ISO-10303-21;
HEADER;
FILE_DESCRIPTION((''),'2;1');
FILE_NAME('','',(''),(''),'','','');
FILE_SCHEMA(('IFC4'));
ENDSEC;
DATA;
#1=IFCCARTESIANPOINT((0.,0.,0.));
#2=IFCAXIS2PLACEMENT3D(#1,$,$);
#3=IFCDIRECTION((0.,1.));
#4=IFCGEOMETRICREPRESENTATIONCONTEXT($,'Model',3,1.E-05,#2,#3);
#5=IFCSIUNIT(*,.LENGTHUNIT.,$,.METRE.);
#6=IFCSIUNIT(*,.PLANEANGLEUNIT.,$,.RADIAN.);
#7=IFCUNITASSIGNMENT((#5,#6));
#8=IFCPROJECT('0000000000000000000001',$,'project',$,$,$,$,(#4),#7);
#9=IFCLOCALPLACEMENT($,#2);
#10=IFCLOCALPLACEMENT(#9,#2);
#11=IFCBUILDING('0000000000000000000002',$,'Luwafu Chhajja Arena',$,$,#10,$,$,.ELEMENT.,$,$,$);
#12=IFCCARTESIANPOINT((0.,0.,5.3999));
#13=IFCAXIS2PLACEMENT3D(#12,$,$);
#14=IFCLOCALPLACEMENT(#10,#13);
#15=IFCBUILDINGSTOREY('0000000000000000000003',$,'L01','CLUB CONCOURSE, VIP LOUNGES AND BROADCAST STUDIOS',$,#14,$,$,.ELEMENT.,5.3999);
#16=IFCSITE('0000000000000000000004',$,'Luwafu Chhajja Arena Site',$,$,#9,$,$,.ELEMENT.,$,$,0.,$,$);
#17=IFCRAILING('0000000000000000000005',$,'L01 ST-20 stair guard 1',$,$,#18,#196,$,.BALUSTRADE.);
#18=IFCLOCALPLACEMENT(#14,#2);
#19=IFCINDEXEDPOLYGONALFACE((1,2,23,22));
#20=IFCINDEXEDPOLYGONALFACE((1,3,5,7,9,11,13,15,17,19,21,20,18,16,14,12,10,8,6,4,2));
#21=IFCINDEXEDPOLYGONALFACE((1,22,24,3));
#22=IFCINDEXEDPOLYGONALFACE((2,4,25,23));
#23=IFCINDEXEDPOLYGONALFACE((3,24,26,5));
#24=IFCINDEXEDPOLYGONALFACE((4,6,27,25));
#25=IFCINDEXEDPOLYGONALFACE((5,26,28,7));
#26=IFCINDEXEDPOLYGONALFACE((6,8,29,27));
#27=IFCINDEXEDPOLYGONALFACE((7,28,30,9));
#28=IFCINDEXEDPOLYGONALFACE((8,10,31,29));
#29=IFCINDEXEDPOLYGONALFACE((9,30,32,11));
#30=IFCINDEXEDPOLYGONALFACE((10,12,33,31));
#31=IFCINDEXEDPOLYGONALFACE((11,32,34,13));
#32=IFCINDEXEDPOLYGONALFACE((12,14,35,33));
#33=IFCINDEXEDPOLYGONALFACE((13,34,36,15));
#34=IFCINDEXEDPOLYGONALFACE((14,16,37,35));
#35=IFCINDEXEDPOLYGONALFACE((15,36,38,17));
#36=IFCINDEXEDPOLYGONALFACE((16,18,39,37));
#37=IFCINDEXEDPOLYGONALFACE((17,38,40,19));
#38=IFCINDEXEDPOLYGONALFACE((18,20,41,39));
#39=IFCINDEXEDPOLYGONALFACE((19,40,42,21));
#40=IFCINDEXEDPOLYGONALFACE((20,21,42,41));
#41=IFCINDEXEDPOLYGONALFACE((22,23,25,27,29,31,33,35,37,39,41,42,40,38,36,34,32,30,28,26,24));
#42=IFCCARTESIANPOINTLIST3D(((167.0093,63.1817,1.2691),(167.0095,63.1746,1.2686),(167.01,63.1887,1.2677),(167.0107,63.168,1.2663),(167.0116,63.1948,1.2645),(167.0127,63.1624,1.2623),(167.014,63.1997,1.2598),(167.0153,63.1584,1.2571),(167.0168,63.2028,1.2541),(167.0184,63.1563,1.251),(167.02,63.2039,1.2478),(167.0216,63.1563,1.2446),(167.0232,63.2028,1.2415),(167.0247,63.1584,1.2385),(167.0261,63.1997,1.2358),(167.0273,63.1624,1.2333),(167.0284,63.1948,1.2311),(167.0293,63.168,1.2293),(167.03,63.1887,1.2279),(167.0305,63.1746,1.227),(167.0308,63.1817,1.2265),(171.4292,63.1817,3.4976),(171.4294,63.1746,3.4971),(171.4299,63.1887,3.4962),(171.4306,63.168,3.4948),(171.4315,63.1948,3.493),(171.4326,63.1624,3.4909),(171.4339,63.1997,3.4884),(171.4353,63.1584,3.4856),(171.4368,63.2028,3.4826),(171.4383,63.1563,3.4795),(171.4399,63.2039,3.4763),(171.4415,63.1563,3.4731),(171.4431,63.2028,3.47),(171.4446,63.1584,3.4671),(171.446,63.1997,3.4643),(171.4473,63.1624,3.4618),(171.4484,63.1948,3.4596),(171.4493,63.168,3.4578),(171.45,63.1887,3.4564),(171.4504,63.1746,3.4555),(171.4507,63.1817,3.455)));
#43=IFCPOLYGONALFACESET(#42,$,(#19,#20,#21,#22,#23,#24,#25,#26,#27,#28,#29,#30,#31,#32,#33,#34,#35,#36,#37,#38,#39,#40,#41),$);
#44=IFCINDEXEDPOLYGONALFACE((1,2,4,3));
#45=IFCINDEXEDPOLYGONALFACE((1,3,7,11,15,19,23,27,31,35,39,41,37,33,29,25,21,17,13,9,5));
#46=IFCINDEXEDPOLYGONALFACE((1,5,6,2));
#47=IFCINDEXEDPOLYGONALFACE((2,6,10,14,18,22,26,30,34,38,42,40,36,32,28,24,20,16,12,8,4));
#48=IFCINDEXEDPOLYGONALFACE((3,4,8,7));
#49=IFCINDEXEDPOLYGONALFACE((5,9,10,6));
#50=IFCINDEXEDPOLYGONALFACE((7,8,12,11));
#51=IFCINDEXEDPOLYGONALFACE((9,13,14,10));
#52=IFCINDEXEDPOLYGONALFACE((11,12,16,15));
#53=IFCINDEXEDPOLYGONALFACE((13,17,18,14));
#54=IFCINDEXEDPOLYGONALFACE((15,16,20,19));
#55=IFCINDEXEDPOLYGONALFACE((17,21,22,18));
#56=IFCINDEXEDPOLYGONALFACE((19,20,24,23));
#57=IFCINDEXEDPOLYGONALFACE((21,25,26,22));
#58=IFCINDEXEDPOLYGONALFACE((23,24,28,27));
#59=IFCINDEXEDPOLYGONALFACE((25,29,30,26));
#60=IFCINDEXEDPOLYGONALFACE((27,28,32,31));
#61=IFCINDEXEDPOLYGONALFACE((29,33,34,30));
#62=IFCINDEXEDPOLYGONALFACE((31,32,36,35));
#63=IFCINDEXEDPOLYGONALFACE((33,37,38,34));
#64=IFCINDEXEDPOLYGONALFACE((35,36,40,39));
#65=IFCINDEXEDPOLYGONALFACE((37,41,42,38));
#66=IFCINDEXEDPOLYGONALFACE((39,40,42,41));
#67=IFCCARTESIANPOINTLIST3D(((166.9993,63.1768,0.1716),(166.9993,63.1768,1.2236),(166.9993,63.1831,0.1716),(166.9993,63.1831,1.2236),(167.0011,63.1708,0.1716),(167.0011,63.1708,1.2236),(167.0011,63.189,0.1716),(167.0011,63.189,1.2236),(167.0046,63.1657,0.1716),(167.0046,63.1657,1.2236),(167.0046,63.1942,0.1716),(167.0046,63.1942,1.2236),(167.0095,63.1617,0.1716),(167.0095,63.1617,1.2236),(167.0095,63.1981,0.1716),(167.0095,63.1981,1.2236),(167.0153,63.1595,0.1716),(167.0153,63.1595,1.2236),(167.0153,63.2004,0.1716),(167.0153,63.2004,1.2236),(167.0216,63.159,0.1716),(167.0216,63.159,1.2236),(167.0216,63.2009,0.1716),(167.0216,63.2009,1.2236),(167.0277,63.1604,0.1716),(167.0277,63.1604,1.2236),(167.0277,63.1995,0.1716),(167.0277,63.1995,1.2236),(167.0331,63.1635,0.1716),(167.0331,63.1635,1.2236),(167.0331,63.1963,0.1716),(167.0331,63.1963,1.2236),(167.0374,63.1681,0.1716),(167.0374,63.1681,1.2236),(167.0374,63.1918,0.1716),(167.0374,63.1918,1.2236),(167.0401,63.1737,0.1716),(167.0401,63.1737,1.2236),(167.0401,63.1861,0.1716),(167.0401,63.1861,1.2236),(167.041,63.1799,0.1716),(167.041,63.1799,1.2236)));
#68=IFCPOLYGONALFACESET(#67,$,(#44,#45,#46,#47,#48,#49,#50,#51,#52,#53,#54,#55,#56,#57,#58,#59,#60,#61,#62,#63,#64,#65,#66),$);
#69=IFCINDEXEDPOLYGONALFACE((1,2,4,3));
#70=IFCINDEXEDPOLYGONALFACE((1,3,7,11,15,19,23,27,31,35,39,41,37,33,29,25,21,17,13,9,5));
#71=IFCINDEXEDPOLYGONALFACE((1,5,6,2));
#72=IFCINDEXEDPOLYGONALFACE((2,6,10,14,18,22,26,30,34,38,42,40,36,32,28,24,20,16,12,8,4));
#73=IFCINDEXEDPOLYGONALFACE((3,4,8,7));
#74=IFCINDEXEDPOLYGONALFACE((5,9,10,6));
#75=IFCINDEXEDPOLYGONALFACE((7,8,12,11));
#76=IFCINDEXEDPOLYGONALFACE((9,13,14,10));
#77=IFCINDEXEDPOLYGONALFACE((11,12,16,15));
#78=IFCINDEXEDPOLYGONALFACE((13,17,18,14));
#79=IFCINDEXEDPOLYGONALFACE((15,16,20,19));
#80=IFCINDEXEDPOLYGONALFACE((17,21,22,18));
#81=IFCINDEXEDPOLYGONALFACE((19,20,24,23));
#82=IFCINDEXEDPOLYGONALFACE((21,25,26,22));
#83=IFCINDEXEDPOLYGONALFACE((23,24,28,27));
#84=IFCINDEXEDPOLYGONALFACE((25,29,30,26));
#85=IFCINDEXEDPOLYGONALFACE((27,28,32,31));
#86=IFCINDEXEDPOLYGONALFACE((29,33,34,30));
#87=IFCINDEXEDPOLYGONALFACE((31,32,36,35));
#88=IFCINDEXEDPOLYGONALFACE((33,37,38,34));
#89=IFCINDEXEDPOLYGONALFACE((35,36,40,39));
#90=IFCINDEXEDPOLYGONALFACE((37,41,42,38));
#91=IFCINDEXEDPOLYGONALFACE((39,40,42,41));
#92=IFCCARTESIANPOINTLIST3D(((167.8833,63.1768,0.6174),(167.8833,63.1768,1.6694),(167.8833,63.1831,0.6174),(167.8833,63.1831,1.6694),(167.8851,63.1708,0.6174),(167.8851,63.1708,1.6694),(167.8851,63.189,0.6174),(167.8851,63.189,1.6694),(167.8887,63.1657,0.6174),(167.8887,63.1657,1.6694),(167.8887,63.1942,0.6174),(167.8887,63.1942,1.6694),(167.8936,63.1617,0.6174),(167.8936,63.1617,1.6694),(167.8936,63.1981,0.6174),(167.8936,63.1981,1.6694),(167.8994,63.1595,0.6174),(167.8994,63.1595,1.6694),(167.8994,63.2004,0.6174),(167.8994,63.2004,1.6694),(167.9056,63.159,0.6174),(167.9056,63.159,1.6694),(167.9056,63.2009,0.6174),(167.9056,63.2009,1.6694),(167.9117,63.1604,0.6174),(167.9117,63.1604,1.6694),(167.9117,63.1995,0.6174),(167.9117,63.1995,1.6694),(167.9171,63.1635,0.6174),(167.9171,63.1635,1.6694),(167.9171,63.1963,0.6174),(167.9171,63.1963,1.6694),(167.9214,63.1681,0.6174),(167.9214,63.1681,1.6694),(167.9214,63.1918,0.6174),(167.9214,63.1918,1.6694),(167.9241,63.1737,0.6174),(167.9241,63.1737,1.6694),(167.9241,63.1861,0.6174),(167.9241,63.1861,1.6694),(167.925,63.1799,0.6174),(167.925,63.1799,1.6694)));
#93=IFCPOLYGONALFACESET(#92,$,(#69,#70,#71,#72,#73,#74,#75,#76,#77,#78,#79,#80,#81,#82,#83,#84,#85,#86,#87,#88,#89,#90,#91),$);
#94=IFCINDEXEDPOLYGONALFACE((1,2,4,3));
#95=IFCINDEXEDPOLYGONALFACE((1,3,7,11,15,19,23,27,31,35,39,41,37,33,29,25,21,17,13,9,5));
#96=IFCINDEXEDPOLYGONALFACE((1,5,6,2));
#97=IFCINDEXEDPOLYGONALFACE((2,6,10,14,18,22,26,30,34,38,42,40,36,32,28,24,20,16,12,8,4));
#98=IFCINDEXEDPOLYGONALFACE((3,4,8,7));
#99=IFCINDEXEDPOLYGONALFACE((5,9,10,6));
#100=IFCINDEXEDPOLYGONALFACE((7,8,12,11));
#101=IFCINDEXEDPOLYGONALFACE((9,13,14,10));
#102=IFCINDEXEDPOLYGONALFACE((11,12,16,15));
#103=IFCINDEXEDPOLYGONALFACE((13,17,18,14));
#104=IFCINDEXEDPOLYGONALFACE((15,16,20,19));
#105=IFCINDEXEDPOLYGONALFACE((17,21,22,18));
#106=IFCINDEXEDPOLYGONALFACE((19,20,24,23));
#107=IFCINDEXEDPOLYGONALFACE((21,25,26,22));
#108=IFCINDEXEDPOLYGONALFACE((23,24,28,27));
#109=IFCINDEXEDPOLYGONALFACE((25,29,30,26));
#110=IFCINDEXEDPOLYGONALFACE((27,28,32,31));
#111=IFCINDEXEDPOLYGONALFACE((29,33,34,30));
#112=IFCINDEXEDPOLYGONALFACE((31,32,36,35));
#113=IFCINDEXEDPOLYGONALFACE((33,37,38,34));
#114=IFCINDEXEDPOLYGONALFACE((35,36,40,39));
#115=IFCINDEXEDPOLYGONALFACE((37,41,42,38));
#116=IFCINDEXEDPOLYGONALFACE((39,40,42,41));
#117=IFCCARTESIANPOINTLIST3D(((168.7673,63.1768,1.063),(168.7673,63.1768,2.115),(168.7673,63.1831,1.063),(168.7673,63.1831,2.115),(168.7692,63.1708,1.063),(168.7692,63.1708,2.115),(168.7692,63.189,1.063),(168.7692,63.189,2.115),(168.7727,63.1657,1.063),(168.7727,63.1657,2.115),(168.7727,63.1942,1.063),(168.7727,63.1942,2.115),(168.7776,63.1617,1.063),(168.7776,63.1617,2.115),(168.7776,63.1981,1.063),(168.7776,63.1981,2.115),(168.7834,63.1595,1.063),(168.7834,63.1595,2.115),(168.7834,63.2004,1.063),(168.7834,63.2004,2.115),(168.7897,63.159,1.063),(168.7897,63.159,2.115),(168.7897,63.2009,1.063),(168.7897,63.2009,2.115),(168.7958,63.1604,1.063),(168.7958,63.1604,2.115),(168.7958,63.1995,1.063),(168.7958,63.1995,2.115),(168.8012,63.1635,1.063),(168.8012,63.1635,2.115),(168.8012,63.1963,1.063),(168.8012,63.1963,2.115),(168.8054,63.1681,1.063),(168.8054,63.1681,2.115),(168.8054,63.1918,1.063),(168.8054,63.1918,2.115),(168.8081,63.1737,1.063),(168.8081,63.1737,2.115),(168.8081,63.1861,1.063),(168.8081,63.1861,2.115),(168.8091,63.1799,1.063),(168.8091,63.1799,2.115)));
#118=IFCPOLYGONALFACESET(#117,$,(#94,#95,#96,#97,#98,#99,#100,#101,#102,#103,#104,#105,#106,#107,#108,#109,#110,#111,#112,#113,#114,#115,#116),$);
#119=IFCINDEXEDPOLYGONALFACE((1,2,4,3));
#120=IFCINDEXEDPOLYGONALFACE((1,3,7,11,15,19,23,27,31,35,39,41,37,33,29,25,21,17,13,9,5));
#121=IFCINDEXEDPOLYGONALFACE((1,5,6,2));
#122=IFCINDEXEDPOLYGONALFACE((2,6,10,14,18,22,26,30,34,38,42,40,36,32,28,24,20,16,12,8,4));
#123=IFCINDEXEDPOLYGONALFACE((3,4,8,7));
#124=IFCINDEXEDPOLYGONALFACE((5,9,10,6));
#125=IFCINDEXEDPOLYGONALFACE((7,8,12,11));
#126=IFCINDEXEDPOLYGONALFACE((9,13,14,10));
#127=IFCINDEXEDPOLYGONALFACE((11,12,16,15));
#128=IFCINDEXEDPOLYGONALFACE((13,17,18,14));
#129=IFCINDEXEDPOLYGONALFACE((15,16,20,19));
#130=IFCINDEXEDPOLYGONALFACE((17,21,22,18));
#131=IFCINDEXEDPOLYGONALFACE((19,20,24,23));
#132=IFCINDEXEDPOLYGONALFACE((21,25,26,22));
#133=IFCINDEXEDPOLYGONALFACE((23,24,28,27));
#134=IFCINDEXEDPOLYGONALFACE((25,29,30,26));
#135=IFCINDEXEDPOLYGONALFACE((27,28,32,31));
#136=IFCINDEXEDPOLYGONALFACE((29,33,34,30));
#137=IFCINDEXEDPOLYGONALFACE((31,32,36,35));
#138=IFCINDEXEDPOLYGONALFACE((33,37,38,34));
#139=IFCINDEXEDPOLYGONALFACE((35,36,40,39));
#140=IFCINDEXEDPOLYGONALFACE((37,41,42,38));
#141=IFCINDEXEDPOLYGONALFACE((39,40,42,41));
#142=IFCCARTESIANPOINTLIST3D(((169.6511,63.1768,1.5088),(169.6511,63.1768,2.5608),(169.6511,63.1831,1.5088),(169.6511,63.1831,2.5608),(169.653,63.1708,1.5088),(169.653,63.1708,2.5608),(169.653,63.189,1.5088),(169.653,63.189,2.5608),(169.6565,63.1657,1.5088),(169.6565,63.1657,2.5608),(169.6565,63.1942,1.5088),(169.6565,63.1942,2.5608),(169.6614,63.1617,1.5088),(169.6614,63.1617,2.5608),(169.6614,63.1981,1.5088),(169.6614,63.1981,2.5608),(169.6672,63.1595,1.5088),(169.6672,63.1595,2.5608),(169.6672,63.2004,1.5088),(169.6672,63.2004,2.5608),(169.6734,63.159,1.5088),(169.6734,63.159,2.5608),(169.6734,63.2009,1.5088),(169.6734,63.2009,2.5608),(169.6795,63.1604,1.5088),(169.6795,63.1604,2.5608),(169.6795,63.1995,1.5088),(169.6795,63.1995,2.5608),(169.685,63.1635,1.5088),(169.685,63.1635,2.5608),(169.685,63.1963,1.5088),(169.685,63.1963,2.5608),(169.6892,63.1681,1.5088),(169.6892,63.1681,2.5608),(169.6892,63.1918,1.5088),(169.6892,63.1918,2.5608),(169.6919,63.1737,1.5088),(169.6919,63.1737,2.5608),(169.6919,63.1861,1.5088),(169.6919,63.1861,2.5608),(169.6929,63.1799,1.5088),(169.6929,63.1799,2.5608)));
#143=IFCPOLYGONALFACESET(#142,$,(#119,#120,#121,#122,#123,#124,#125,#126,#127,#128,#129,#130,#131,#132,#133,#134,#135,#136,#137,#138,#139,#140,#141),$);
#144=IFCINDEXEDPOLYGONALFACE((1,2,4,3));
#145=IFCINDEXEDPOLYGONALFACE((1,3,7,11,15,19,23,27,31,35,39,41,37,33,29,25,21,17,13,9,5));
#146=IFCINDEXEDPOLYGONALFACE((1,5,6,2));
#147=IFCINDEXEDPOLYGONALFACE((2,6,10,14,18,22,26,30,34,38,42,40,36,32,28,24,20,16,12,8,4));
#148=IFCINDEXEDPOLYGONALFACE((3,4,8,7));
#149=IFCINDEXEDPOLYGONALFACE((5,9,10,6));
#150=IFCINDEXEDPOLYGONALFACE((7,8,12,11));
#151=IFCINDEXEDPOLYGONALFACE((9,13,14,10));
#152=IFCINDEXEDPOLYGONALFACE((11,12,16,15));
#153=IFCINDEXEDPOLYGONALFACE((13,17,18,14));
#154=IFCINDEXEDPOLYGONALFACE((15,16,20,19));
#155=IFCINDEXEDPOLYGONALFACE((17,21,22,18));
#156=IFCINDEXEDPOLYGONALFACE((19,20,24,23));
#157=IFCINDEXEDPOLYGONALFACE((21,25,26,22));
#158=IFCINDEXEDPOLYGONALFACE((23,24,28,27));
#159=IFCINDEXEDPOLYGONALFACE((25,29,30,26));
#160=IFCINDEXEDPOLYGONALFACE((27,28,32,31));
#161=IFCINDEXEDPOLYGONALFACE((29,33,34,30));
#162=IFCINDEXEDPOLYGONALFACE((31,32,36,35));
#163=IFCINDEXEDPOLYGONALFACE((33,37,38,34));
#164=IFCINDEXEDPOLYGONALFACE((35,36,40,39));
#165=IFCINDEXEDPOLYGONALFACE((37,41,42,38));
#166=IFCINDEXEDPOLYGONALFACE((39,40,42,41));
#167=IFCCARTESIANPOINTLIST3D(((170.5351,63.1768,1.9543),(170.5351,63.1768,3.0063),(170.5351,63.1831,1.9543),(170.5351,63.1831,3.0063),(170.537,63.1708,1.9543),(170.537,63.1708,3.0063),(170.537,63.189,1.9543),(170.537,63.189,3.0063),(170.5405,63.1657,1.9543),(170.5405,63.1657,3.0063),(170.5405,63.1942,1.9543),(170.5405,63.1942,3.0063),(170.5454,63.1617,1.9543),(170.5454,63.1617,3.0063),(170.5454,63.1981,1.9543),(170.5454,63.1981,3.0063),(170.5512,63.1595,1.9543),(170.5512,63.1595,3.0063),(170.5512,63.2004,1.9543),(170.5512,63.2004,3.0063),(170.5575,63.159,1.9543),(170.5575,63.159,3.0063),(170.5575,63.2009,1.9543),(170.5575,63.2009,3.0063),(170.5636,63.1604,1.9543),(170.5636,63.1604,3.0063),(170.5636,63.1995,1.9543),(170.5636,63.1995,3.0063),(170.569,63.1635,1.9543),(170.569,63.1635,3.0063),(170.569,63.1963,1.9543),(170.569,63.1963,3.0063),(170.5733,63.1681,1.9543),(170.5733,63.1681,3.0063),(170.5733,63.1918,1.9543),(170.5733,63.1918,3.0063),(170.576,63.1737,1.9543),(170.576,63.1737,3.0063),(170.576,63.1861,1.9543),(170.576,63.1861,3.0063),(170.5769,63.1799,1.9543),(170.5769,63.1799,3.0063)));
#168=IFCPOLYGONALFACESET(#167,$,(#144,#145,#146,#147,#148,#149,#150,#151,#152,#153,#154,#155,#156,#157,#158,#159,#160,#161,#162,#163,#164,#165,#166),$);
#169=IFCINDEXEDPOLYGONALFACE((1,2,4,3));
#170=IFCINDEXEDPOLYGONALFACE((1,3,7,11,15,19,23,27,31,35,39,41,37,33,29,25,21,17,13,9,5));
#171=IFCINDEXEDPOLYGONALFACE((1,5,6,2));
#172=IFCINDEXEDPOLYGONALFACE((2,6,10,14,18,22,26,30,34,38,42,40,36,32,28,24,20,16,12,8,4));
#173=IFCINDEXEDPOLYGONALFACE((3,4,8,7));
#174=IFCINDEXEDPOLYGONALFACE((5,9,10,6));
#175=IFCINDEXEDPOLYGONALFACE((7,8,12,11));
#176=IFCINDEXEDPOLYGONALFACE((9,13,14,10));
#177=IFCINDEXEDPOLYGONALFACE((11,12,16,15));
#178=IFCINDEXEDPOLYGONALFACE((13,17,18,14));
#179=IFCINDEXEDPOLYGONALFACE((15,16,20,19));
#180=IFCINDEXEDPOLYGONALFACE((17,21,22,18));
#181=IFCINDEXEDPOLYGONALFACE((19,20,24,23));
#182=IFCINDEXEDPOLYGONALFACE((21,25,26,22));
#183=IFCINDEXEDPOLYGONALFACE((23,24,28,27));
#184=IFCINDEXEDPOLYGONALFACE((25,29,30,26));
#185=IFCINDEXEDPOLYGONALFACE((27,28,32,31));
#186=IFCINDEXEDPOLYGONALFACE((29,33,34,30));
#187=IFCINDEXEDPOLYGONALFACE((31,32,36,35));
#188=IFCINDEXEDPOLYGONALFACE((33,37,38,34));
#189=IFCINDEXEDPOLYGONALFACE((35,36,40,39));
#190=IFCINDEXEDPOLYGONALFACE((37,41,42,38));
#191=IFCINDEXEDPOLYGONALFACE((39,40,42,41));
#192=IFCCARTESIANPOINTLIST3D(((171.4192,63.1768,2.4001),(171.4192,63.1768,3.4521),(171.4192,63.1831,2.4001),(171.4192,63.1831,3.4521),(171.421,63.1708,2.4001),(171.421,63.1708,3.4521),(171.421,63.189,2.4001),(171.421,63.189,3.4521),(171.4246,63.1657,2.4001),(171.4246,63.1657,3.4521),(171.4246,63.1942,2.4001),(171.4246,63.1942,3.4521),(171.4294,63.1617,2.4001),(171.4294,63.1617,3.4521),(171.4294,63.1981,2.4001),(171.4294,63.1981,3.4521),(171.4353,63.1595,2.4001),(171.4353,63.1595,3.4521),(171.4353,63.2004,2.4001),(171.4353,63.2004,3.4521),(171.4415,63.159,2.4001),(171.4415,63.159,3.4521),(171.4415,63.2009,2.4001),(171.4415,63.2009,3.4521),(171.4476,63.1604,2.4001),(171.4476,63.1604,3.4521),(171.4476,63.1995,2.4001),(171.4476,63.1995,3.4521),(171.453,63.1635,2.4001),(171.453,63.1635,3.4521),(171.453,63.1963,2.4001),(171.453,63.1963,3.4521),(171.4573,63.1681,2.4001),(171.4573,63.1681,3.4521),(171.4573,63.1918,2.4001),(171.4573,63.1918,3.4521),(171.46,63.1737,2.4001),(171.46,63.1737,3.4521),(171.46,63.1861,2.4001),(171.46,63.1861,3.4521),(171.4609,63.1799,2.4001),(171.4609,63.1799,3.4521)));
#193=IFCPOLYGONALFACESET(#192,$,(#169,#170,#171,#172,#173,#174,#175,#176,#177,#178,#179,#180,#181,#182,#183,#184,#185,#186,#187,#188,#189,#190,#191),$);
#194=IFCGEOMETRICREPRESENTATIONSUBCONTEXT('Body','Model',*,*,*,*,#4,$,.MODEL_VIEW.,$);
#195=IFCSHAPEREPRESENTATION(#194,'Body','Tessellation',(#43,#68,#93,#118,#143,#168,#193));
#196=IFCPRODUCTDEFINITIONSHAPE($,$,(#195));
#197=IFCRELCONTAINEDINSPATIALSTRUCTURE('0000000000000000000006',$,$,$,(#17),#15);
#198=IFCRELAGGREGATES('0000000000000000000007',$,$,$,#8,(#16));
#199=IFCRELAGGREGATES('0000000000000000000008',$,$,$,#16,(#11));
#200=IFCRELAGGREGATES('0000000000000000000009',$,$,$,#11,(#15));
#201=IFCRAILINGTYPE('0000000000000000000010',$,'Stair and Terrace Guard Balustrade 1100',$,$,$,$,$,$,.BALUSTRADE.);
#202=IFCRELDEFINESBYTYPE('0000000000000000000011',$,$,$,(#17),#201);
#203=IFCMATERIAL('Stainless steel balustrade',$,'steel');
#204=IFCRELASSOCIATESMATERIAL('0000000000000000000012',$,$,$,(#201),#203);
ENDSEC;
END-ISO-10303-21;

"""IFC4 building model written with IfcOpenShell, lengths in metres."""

from ifc_helpers import new_model, si_unit, direction, frame, origin, origin_2d, place, context, subcontext, project, spatial, circle, extrude, material, type_object, element, save


model = new_model("IFC4")

# Units and contexts
model_context = context("Model", 3, precision=1e-05, world=origin(), true_north=direction((0.0, 1.0)))
body_context = subcontext(model_context, "Body", "Model", "MODEL_VIEW")
ifc_project = project(units=[si_unit("LENGTHUNIT", "METRE"), si_unit("PLANEANGLEUNIT", "RADIAN")], contexts=[model_context])

# Site, building, storey
site_placement = place(None, origin())
site = spatial("IfcSite", under=ifc_project, at=site_placement, Name="Luwafu Chhajja Arena Site", CompositionType="ELEMENT", RefElevation=0.0)
building_placement = place(site_placement, origin())
building = spatial("IfcBuilding", under=site, at=building_placement, Name="Luwafu Chhajja Arena", CompositionType="ELEMENT")
storey_placement = place(building_placement, frame((0.0, 0.0, 5.3999)))
storey = spatial("IfcBuildingStorey", under=building, at=storey_placement, Name="L01", Description="CLUB CONCOURSE, VIP LOUNGES AND BROADCAST STUDIOS", CompositionType="ELEMENT", Elevation=5.3999)

# Railing
ifc_material_1 = material(Name="Stainless steel balustrade", Category="steel")
railing_type_1 = type_object("IfcRailingType", Name="Stair and Terrace Guard Balustrade 1100", PredefinedType="BALUSTRADE", material=ifc_material_1)
railing_1_placement = place(storey_placement, frame((167.02, 63.1799, 0.1716)))
element("IfcRailing", 1, at=railing_1_placement, inside=storey, type_object=railing_type_1, Name="L01 ST-20 stair guard 1", PredefinedType="BALUSTRADE", context=body_context, shape_type="SweptSolid", body=[
    extrude(circle(Radius=0.0239, at=origin_2d()), frame((0.0, 0.0, 1.0762), z_axis=(0.892923, 0.0, 0.45021), x_axis=(0.0, 1.0, 0.0)), (0.0, 0.0, 1.0), 4.95),
    extrude(circle(Radius=0.021, at=origin_2d()), origin(), (0.0, 0.0, 1.0), 1.052),
    extrude(circle(Radius=0.021, at=origin_2d()), frame((0.884, 0.0, 0.4458)), (0.0, 0.0, 1.0), 1.052),
    extrude(circle(Radius=0.021, at=origin_2d()), frame((1.7681, 0.0, 0.8914)), (0.0, 0.0, 1.0), 1.052),
    extrude(circle(Radius=0.021, at=origin_2d()), frame((2.6519, 0.0, 1.3372)), (0.0, 0.0, 1.0), 1.052),
    extrude(circle(Radius=0.021, at=origin_2d()), frame((3.5359, 0.0, 1.7827)), (0.0, 0.0, 1.0), 1.052),
    extrude(circle(Radius=0.021, at=origin_2d()), frame((4.4199, 0.0, 2.2285)), (0.0, 0.0, 1.0), 1.052),
])

save(model, "model.ifc")
